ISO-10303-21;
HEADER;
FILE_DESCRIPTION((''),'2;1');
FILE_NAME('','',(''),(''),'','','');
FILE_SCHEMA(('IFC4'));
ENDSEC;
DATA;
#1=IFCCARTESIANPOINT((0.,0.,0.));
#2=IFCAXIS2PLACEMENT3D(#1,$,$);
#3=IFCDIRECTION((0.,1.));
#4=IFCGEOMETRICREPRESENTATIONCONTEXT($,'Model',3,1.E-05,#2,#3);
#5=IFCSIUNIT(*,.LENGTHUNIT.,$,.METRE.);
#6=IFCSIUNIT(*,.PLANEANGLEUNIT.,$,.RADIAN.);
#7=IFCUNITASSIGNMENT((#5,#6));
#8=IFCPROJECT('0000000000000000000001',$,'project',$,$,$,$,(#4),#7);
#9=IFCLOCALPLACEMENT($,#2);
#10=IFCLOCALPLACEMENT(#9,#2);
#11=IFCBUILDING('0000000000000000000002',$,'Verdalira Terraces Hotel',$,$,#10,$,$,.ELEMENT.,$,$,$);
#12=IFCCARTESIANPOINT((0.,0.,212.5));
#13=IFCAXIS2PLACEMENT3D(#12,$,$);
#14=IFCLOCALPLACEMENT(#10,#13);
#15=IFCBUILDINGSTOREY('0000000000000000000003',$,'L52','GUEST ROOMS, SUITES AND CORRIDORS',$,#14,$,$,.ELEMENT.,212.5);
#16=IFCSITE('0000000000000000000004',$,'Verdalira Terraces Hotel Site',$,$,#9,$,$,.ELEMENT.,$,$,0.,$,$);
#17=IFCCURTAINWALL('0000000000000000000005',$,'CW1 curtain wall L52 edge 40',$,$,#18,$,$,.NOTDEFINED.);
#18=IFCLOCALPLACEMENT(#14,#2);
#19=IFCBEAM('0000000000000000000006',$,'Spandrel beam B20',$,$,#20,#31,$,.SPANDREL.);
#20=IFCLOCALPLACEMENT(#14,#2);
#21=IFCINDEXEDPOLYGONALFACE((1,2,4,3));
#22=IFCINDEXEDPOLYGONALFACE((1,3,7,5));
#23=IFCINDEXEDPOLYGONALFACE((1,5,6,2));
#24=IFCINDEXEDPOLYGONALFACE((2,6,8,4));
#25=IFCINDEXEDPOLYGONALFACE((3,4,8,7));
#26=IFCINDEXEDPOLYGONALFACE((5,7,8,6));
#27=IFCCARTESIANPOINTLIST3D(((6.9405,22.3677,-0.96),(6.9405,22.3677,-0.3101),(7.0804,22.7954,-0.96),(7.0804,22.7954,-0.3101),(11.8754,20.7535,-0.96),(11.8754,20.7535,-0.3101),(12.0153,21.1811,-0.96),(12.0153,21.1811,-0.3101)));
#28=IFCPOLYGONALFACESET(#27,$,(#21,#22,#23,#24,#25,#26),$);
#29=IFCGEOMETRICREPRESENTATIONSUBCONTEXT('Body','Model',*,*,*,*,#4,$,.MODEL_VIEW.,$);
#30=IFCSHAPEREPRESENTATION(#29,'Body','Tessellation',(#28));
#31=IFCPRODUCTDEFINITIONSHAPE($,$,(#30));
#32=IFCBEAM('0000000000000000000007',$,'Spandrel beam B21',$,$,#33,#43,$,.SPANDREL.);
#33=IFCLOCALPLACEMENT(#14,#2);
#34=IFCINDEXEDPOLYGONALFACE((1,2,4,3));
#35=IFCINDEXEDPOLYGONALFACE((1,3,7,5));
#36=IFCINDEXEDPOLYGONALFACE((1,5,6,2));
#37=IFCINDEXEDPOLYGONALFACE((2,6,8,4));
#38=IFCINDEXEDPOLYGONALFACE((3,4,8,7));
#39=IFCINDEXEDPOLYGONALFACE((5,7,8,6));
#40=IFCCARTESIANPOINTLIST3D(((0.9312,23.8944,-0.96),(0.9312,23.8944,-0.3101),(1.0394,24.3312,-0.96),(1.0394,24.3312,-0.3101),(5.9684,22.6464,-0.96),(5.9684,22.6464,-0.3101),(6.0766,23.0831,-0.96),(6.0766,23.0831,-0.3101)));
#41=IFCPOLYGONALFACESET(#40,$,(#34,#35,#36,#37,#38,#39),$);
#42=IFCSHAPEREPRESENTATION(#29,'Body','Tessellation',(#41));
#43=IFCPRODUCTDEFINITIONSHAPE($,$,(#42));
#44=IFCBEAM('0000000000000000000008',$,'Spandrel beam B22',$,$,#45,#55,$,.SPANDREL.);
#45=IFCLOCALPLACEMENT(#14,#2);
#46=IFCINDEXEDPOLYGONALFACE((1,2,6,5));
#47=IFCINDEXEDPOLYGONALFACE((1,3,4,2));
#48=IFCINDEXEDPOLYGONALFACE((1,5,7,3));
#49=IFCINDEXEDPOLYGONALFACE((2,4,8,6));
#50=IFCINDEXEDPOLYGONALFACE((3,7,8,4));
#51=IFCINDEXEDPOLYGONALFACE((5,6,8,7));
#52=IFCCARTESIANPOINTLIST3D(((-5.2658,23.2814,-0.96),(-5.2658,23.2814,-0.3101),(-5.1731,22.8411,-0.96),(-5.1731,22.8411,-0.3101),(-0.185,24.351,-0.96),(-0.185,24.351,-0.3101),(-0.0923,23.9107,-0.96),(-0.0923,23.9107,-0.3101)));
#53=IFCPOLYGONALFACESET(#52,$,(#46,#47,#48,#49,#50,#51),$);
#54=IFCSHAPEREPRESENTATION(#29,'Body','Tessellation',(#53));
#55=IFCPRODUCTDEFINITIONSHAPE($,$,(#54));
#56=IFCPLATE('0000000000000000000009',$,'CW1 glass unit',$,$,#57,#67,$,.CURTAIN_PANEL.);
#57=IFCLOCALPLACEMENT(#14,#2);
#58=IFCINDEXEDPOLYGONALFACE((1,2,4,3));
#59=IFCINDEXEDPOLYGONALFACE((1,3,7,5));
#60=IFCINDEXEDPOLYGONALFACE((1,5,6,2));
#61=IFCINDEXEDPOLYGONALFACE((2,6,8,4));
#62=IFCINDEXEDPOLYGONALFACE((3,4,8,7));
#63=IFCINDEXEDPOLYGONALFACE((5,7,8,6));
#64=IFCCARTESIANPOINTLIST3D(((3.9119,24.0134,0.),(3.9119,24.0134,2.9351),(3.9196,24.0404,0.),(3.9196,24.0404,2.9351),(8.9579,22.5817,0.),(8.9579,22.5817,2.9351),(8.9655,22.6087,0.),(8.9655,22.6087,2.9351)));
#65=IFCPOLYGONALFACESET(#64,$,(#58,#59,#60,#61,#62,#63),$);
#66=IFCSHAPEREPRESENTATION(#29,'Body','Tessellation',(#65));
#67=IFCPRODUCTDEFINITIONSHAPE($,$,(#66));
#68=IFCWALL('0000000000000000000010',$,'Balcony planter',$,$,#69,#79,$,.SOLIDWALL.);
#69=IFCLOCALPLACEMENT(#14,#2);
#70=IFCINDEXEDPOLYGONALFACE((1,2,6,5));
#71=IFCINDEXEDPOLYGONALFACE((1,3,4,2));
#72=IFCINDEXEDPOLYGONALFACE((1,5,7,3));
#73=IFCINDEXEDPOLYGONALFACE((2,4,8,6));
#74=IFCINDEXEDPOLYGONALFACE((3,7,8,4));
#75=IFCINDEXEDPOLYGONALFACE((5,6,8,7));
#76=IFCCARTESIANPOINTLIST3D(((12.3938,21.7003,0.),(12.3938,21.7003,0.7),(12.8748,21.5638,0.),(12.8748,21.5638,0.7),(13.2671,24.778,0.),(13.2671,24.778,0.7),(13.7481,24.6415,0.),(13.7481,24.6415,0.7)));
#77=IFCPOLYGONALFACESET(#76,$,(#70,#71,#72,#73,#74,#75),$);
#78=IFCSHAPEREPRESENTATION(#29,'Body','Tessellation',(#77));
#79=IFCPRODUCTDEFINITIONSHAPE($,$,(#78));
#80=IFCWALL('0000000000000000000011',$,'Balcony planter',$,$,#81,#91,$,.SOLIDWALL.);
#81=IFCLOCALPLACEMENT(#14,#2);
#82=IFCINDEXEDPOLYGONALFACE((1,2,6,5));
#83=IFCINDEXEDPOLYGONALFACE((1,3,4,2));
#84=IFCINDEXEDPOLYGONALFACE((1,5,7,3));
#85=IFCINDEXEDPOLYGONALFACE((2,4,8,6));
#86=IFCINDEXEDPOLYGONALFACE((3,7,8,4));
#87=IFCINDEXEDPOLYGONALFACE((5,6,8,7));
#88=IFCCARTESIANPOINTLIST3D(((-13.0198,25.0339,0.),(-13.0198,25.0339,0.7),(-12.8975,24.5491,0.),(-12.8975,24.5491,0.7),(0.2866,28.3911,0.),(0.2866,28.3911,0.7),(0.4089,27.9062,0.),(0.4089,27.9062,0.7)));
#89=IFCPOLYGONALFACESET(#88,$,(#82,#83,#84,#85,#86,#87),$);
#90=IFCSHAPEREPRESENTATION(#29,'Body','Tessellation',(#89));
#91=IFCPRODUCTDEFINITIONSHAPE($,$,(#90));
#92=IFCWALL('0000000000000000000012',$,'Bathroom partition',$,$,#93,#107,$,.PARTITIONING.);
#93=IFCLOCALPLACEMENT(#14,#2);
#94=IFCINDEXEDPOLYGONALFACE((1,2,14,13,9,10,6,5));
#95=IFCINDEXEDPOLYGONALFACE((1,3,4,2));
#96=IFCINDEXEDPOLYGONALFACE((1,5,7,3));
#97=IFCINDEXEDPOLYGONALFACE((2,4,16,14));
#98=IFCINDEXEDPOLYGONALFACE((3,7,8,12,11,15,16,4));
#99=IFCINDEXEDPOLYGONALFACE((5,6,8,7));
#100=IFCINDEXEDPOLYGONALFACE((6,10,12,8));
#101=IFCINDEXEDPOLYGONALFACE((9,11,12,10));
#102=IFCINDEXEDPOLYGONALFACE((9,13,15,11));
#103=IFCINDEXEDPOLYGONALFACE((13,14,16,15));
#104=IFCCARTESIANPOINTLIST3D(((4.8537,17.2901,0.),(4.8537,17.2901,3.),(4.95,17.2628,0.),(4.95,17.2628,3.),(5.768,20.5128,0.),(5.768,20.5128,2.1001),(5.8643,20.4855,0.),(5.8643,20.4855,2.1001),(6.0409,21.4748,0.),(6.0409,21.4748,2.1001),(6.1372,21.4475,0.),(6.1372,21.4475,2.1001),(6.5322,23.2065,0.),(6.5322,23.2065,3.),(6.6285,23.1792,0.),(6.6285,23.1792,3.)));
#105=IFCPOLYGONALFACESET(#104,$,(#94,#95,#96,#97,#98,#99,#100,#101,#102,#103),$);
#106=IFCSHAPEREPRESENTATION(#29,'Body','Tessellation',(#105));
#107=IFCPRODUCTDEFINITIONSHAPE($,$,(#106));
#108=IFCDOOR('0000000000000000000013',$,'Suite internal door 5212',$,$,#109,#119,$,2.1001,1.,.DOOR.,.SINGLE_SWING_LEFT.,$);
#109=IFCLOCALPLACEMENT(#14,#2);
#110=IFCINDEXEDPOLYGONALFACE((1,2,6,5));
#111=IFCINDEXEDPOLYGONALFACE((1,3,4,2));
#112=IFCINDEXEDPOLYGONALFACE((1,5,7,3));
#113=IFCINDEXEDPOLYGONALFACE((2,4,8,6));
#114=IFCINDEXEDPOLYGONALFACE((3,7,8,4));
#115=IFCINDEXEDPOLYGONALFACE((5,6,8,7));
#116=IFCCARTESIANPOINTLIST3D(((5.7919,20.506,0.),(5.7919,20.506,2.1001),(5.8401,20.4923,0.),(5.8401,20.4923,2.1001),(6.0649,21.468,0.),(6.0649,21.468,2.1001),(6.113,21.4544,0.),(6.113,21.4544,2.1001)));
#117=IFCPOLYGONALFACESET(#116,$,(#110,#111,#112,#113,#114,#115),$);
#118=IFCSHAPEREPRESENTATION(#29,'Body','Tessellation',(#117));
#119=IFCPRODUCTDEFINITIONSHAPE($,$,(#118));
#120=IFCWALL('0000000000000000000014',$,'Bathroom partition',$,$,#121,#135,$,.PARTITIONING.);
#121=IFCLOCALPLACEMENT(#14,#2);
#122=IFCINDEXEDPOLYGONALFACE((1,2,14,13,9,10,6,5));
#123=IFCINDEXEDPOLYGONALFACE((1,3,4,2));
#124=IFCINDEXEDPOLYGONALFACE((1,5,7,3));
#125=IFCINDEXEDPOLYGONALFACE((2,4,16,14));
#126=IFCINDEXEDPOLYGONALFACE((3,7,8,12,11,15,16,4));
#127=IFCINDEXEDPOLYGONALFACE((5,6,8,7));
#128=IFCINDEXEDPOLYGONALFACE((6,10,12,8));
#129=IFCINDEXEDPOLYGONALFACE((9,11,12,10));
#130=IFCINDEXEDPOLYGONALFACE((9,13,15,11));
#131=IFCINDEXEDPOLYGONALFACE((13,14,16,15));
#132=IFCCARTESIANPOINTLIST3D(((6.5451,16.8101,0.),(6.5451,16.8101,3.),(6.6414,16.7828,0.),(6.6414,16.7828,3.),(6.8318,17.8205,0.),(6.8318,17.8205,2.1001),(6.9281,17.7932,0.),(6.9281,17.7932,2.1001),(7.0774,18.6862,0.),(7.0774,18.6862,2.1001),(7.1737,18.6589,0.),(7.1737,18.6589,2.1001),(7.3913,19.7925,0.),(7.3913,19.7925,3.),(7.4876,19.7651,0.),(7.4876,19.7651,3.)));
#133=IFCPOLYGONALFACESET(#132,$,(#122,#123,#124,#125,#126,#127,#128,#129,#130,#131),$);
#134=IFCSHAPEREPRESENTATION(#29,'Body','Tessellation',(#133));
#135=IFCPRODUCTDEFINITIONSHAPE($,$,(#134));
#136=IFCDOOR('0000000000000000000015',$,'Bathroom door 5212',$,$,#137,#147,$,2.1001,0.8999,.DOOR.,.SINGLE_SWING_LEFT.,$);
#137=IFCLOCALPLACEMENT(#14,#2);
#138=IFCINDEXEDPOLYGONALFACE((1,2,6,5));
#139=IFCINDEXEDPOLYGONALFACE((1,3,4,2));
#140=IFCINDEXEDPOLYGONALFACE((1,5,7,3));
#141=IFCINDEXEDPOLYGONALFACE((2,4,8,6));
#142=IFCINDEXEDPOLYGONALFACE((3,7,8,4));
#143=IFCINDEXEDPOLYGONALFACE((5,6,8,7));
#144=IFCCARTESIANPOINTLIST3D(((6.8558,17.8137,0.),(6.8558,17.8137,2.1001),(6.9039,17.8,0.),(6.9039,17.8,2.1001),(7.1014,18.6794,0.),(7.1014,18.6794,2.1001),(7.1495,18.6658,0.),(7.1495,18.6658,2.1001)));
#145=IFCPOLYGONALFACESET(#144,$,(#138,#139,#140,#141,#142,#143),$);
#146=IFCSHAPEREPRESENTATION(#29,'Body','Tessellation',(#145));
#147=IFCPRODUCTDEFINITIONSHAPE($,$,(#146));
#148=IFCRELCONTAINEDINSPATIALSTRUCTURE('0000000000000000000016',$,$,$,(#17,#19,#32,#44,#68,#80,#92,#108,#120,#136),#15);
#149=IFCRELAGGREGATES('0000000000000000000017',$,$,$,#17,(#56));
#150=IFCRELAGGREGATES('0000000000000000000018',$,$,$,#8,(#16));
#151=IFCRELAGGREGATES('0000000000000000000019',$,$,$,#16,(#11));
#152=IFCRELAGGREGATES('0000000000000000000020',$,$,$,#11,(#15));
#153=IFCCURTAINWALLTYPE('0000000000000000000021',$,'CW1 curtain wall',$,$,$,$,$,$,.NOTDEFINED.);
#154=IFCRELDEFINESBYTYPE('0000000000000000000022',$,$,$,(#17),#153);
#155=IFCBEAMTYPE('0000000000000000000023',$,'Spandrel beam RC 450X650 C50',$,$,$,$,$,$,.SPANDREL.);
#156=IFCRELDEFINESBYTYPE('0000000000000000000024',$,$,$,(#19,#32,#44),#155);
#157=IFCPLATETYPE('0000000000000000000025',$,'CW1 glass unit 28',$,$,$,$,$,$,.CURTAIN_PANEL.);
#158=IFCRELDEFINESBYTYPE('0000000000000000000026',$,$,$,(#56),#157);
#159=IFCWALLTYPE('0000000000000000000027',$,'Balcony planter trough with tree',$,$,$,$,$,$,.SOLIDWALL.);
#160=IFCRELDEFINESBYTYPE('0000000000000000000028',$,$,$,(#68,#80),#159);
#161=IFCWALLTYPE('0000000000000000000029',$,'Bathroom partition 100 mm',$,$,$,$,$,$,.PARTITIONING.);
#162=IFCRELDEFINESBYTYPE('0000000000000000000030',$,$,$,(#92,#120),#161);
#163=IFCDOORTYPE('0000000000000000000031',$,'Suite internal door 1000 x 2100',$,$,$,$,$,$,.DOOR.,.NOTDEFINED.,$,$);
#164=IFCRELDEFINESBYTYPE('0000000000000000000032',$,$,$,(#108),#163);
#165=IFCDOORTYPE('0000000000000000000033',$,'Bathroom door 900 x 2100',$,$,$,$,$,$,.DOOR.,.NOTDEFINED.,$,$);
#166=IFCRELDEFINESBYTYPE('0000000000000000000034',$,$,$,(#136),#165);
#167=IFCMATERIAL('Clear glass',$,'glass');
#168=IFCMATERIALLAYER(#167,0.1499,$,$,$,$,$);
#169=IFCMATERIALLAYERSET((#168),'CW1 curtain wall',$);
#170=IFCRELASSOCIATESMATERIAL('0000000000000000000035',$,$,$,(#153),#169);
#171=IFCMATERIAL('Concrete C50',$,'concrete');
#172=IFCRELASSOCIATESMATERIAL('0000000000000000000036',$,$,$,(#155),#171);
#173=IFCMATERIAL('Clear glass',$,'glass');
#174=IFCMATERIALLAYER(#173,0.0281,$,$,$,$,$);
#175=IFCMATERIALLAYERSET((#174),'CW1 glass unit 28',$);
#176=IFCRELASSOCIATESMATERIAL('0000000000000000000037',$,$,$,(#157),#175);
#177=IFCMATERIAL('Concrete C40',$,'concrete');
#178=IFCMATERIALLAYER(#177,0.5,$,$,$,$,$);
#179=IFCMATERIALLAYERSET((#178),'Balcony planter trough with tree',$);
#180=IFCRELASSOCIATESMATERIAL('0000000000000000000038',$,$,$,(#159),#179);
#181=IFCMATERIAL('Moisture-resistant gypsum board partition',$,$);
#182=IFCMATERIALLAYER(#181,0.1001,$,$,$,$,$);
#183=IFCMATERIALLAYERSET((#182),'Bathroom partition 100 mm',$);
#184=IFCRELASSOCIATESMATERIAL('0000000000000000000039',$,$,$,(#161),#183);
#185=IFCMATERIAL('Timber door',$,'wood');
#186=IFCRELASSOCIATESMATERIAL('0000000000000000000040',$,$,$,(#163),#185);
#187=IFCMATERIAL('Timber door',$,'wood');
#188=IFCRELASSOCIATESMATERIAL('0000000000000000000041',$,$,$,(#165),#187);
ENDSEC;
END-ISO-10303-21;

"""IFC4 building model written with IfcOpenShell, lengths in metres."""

from ifc_helpers import new_model, si_unit, direction, frame, frame_2d, origin, origin_2d, place, context, subcontext, project, spatial, rectangle, extrude, material, layer, layer_set, material_profile, profile_set, type_object, element, fill, aggregate, save


model = new_model("IFC4")

# Units and contexts
model_context = context("Model", 3, precision=1e-05, world=origin(), true_north=direction((0.0, 1.0)))
body_context = subcontext(model_context, "Body", "Model", "MODEL_VIEW")
ifc_project = project(units=[si_unit("LENGTHUNIT", "METRE"), si_unit("PLANEANGLEUNIT", "RADIAN")], contexts=[model_context])

# Site, building, storey
site_placement = place(None, origin())
site = spatial("IfcSite", under=ifc_project, at=site_placement, Name="Verdalira Terraces Hotel Site", CompositionType="ELEMENT", RefElevation=0.0)
building_placement = place(site_placement, origin())
building = spatial("IfcBuilding", under=site, at=building_placement, Name="Verdalira Terraces Hotel", CompositionType="ELEMENT")
storey_placement = place(building_placement, frame((0.0, 0.0, 212.5)))
storey = spatial("IfcBuildingStorey", under=building, at=storey_placement, Name="L52", Description="GUEST ROOMS, SUITES AND CORRIDORS", CompositionType="ELEMENT", Elevation=212.5)

# Shared definitions
ifc_material_1 = material(Name="Clear glass", Category="glass")
ifc_layer_1 = layer(ifc_material_1, 0.1499)
ifc_layer_set_1 = layer_set([ifc_layer_1], Name="CW1 curtain wall")
curtain_wall_type = type_object("IfcCurtainWallType", Name="CW1 curtain wall", PredefinedType="NOTDEFINED", material=ifc_layer_set_1)

# Curtain wall
curtain_wall_1_placement = place(storey_placement, origin())
curtain_wall_1 = element("IfcCurtainWall", 1, at=curtain_wall_1_placement, inside=storey, type_object=curtain_wall_type, Name="CW1 curtain wall L52 edge 40", PredefinedType="NOTDEFINED")

# Beams
ifc_material_2 = material(Name="Concrete C50", Category="concrete")
ifc_material_profile_1 = material_profile(ifc_material_2, rectangle(XDim=0.45, YDim=0.6499, at=origin_2d()), Name="RC 450X650")
ifc_profile_set_1 = profile_set([ifc_material_profile_1], Name="Concrete C50")
beam_type_1 = type_object("IfcBeamType", Name="Spandrel beam RC 450X650 C50", PredefinedType="SPANDREL", material=ifc_profile_set_1)
beam_1_placement = place(storey_placement, frame((11.9453, 20.9673, -0.635), z_axis=(-0.950441, 0.310905, 0.0), x_axis=(-0.310905, -0.950441, 0.0)))
element("IfcBeam", 2, at=beam_1_placement, inside=storey, type_object=beam_type_1, Name="Spandrel beam B20", PredefinedType="SPANDREL", context=body_context, shape_type="SweptSolid", body=[
    extrude(rectangle(XDim=0.45, YDim=0.6499, at=origin_2d()), origin(), (0.0, 0.0, 1.0), 5.1921),
])
beam_2_placement = place(storey_placement, frame((6.0225, 22.8647, -0.635), z_axis=(-0.97065, 0.240498, 0.0), x_axis=(-0.240498, -0.97065, 0.0)))
element("IfcBeam", 3, at=beam_2_placement, inside=storey, type_object=beam_type_1, Name="Spandrel beam B21", PredefinedType="SPANDREL", context=body_context, shape_type="SweptSolid", body=[
    extrude(rectangle(XDim=0.45, YDim=0.6499, at=origin_2d()), origin(), (0.0, 0.0, 1.0), 5.1895),
])
beam_3_placement = place(storey_placement, frame((-0.1387, 24.1309, -0.635), z_axis=(-0.978552, -0.205999, 0.0), x_axis=(0.205999, -0.978552, 0.0)))
element("IfcBeam", 4, at=beam_3_placement, inside=storey, type_object=beam_type_1, Name="Spandrel beam B22", PredefinedType="SPANDREL", context=body_context, shape_type="SweptSolid", body=[
    extrude(rectangle(XDim=0.45, YDim=0.6499, at=origin_2d()), origin(), (0.0, 0.0, 1.0), 5.1921),
])

# Plate
ifc_material_3 = material(Name="Clear glass", Category="glass")
ifc_layer_2 = layer(ifc_material_3, 0.0281)
ifc_layer_set_2 = layer_set([ifc_layer_2], Name="CW1 glass unit 28")
plate_type = type_object("IfcPlateType", Name="CW1 glass unit 28", PredefinedType="CURTAIN_PANEL", material=ifc_layer_set_2)
plate_placement = place(storey_placement, frame((6.4387, 23.311, 0.0), z_axis=(0.0, 0.0, 1.0), x_axis=(-0.962028, 0.272952, 0.0)))
plate = element("IfcPlate", 5, at=plate_placement, type_object=plate_type, Name="CW1 glass unit", PredefinedType="CURTAIN_PANEL", context=body_context, shape_type="SweptSolid", body=[
    extrude(rectangle(XDim=5.2451, YDim=0.0281, at=origin_2d()), origin(), (0.0, 0.0, 1.0), 2.9351),
])
aggregate(curtain_wall_1, [plate])

# Walls
ifc_material_4 = material(Name="Concrete C40", Category="concrete")
ifc_layer_3 = layer(ifc_material_4, 0.5)
ifc_layer_set_3 = layer_set([ifc_layer_3], Name="Balcony planter trough with tree")
wall_type_1 = type_object("IfcWallType", Name="Balcony planter trough with tree", PredefinedType="SOLIDWALL", material=ifc_layer_set_3)
wall_1_placement = place(storey_placement, frame((12.6343, 21.6321, 0.0), z_axis=(0.0, 0.0, 1.0), x_axis=(0.272977, 0.962021, 0.0)))
element("IfcWall", 6, at=wall_1_placement, inside=storey, type_object=wall_type_1, Name="Balcony planter", PredefinedType="SOLIDWALL", context=body_context, shape_type="SweptSolid", body=[
    extrude(rectangle(XDim=3.1992, YDim=0.5, at=frame_2d((1.5996, 0.0))), origin(), (0.0, 0.0, 1.0), 0.7),
])
wall_2_placement = place(storey_placement, frame((0.3479, 28.1487, 0.0), z_axis=(0.0, 0.0, 1.0), x_axis=(-0.969616, -0.244632, 0.0)))
element("IfcWall", 7, at=wall_2_placement, inside=storey, type_object=wall_type_1, Name="Balcony planter", PredefinedType="SOLIDWALL", context=body_context, shape_type="SweptSolid", body=[
    extrude(rectangle(XDim=13.7234, YDim=0.5, at=frame_2d((6.8618, 0.0))), origin(), (0.0, 0.0, 1.0), 0.7),
])

# Walls, openings, doors
ifc_material_5 = material(Name="Moisture-resistant gypsum board partition")
ifc_layer_4 = layer(ifc_material_5, 0.1001)
ifc_layer_set_4 = layer_set([ifc_layer_4], Name="Bathroom partition 100 mm")
wall_type_2 = type_object("IfcWallType", Name="Bathroom partition 100 mm", PredefinedType="PARTITIONING", material=ifc_layer_set_4)
wall_3_placement = place(storey_placement, frame((6.5803, 23.1929, 0.0), z_axis=(0.0, 0.0, 1.0), x_axis=(-0.272922, -0.962036, 0.0)))
wall_3 = element("IfcWall", 8, at=wall_3_placement, inside=storey, type_object=wall_type_2, Name="Bathroom partition", PredefinedType="PARTITIONING", context=body_context, shape_type="SweptSolid", body=[
    extrude(rectangle(XDim=6.1499, YDim=0.1001, at=frame_2d((3.075, 0.0))), origin(), (0.0, 0.0, 1.0), 3.0),
])
opening_1_placement = place(wall_3_placement, frame((1.8, 0.0, 0.0)))
opening_1 = element("IfcOpeningElement", 9, at=opening_1_placement, cuts=wall_3, PredefinedType="OPENING", context=body_context, shape_type="SweptSolid", body=[
    extrude(rectangle(XDim=1.0, YDim=2.1001, at=frame_2d((0.5, 1.05))), frame((0.0, 0.0601, 0.0), z_axis=(0.0, -1.0, 0.0), x_axis=(1.0, 0.0, 0.0)), (0.0, 0.0, 1.0), 0.1201),
])
ifc_material_6 = material(Name="Timber door", Category="wood")
door_type_1 = type_object("IfcDoorType", Name="Suite internal door 1000 x 2100", OperationType="NOTDEFINED", PredefinedType="DOOR", material=ifc_material_6)
door_1_placement = place(opening_1_placement, origin())
door_1 = element("IfcDoor", 10, at=door_1_placement, inside=storey, type_object=door_type_1, Name="Suite internal door 5212", OperationType="SINGLE_SWING_LEFT", OverallHeight=2.1001, OverallWidth=1.0, PredefinedType="DOOR", context=body_context, shape_type="SweptSolid", body=[
    extrude(rectangle(XDim=1.0, YDim=2.1001, at=frame_2d((0.5, 1.05))), frame((0.0, 0.0249, 0.0), z_axis=(0.0, -1.0, 0.0), x_axis=(1.0, 0.0, 0.0)), (0.0, 0.0, 1.0), 0.05),
])
fill(opening_1, door_1)
wall_4_placement = place(storey_placement, frame((7.4395, 19.7788, 0.0), z_axis=(0.0, 0.0, 1.0), x_axis=(-0.272952, -0.962028, 0.0)))
wall_4 = element("IfcWall", 11, at=wall_4_placement, inside=storey, type_object=wall_type_2, Name="Bathroom partition", PredefinedType="PARTITIONING", context=body_context, shape_type="SweptSolid", body=[
    extrude(rectangle(XDim=3.1001, YDim=0.1001, at=frame_2d((1.55, 0.0))), origin(), (0.0, 0.0, 1.0), 3.0),
])
opening_2_placement = place(wall_4_placement, frame((1.1499, 0.0, 0.0)))
opening_2 = element("IfcOpeningElement", 12, at=opening_2_placement, cuts=wall_4, PredefinedType="OPENING", context=body_context, shape_type="SweptSolid", body=[
    extrude(rectangle(XDim=0.8999, YDim=2.1001, at=frame_2d((0.45, 1.05))), frame((0.0, 0.0601, 0.0), z_axis=(0.0, -1.0, 0.0), x_axis=(1.0, 0.0, 0.0)), (0.0, 0.0, 1.0), 0.1201),
])
ifc_material_7 = material(Name="Timber door", Category="wood")
door_type_2 = type_object("IfcDoorType", Name="Bathroom door 900 x 2100", OperationType="NOTDEFINED", PredefinedType="DOOR", material=ifc_material_7)
door_2_placement = place(opening_2_placement, origin())
door_2 = element("IfcDoor", 13, at=door_2_placement, inside=storey, type_object=door_type_2, Name="Bathroom door 5212", OperationType="SINGLE_SWING_LEFT", OverallHeight=2.1001, OverallWidth=0.8999, PredefinedType="DOOR", context=body_context, shape_type="SweptSolid", body=[
    extrude(rectangle(XDim=0.8999, YDim=2.1001, at=frame_2d((0.45, 1.05))), frame((0.0, 0.0249, 0.0), z_axis=(0.0, -1.0, 0.0), x_axis=(1.0, 0.0, 0.0)), (0.0, 0.0, 1.0), 0.05),
])
fill(opening_2, door_2)

save(model, "model.ifc")
